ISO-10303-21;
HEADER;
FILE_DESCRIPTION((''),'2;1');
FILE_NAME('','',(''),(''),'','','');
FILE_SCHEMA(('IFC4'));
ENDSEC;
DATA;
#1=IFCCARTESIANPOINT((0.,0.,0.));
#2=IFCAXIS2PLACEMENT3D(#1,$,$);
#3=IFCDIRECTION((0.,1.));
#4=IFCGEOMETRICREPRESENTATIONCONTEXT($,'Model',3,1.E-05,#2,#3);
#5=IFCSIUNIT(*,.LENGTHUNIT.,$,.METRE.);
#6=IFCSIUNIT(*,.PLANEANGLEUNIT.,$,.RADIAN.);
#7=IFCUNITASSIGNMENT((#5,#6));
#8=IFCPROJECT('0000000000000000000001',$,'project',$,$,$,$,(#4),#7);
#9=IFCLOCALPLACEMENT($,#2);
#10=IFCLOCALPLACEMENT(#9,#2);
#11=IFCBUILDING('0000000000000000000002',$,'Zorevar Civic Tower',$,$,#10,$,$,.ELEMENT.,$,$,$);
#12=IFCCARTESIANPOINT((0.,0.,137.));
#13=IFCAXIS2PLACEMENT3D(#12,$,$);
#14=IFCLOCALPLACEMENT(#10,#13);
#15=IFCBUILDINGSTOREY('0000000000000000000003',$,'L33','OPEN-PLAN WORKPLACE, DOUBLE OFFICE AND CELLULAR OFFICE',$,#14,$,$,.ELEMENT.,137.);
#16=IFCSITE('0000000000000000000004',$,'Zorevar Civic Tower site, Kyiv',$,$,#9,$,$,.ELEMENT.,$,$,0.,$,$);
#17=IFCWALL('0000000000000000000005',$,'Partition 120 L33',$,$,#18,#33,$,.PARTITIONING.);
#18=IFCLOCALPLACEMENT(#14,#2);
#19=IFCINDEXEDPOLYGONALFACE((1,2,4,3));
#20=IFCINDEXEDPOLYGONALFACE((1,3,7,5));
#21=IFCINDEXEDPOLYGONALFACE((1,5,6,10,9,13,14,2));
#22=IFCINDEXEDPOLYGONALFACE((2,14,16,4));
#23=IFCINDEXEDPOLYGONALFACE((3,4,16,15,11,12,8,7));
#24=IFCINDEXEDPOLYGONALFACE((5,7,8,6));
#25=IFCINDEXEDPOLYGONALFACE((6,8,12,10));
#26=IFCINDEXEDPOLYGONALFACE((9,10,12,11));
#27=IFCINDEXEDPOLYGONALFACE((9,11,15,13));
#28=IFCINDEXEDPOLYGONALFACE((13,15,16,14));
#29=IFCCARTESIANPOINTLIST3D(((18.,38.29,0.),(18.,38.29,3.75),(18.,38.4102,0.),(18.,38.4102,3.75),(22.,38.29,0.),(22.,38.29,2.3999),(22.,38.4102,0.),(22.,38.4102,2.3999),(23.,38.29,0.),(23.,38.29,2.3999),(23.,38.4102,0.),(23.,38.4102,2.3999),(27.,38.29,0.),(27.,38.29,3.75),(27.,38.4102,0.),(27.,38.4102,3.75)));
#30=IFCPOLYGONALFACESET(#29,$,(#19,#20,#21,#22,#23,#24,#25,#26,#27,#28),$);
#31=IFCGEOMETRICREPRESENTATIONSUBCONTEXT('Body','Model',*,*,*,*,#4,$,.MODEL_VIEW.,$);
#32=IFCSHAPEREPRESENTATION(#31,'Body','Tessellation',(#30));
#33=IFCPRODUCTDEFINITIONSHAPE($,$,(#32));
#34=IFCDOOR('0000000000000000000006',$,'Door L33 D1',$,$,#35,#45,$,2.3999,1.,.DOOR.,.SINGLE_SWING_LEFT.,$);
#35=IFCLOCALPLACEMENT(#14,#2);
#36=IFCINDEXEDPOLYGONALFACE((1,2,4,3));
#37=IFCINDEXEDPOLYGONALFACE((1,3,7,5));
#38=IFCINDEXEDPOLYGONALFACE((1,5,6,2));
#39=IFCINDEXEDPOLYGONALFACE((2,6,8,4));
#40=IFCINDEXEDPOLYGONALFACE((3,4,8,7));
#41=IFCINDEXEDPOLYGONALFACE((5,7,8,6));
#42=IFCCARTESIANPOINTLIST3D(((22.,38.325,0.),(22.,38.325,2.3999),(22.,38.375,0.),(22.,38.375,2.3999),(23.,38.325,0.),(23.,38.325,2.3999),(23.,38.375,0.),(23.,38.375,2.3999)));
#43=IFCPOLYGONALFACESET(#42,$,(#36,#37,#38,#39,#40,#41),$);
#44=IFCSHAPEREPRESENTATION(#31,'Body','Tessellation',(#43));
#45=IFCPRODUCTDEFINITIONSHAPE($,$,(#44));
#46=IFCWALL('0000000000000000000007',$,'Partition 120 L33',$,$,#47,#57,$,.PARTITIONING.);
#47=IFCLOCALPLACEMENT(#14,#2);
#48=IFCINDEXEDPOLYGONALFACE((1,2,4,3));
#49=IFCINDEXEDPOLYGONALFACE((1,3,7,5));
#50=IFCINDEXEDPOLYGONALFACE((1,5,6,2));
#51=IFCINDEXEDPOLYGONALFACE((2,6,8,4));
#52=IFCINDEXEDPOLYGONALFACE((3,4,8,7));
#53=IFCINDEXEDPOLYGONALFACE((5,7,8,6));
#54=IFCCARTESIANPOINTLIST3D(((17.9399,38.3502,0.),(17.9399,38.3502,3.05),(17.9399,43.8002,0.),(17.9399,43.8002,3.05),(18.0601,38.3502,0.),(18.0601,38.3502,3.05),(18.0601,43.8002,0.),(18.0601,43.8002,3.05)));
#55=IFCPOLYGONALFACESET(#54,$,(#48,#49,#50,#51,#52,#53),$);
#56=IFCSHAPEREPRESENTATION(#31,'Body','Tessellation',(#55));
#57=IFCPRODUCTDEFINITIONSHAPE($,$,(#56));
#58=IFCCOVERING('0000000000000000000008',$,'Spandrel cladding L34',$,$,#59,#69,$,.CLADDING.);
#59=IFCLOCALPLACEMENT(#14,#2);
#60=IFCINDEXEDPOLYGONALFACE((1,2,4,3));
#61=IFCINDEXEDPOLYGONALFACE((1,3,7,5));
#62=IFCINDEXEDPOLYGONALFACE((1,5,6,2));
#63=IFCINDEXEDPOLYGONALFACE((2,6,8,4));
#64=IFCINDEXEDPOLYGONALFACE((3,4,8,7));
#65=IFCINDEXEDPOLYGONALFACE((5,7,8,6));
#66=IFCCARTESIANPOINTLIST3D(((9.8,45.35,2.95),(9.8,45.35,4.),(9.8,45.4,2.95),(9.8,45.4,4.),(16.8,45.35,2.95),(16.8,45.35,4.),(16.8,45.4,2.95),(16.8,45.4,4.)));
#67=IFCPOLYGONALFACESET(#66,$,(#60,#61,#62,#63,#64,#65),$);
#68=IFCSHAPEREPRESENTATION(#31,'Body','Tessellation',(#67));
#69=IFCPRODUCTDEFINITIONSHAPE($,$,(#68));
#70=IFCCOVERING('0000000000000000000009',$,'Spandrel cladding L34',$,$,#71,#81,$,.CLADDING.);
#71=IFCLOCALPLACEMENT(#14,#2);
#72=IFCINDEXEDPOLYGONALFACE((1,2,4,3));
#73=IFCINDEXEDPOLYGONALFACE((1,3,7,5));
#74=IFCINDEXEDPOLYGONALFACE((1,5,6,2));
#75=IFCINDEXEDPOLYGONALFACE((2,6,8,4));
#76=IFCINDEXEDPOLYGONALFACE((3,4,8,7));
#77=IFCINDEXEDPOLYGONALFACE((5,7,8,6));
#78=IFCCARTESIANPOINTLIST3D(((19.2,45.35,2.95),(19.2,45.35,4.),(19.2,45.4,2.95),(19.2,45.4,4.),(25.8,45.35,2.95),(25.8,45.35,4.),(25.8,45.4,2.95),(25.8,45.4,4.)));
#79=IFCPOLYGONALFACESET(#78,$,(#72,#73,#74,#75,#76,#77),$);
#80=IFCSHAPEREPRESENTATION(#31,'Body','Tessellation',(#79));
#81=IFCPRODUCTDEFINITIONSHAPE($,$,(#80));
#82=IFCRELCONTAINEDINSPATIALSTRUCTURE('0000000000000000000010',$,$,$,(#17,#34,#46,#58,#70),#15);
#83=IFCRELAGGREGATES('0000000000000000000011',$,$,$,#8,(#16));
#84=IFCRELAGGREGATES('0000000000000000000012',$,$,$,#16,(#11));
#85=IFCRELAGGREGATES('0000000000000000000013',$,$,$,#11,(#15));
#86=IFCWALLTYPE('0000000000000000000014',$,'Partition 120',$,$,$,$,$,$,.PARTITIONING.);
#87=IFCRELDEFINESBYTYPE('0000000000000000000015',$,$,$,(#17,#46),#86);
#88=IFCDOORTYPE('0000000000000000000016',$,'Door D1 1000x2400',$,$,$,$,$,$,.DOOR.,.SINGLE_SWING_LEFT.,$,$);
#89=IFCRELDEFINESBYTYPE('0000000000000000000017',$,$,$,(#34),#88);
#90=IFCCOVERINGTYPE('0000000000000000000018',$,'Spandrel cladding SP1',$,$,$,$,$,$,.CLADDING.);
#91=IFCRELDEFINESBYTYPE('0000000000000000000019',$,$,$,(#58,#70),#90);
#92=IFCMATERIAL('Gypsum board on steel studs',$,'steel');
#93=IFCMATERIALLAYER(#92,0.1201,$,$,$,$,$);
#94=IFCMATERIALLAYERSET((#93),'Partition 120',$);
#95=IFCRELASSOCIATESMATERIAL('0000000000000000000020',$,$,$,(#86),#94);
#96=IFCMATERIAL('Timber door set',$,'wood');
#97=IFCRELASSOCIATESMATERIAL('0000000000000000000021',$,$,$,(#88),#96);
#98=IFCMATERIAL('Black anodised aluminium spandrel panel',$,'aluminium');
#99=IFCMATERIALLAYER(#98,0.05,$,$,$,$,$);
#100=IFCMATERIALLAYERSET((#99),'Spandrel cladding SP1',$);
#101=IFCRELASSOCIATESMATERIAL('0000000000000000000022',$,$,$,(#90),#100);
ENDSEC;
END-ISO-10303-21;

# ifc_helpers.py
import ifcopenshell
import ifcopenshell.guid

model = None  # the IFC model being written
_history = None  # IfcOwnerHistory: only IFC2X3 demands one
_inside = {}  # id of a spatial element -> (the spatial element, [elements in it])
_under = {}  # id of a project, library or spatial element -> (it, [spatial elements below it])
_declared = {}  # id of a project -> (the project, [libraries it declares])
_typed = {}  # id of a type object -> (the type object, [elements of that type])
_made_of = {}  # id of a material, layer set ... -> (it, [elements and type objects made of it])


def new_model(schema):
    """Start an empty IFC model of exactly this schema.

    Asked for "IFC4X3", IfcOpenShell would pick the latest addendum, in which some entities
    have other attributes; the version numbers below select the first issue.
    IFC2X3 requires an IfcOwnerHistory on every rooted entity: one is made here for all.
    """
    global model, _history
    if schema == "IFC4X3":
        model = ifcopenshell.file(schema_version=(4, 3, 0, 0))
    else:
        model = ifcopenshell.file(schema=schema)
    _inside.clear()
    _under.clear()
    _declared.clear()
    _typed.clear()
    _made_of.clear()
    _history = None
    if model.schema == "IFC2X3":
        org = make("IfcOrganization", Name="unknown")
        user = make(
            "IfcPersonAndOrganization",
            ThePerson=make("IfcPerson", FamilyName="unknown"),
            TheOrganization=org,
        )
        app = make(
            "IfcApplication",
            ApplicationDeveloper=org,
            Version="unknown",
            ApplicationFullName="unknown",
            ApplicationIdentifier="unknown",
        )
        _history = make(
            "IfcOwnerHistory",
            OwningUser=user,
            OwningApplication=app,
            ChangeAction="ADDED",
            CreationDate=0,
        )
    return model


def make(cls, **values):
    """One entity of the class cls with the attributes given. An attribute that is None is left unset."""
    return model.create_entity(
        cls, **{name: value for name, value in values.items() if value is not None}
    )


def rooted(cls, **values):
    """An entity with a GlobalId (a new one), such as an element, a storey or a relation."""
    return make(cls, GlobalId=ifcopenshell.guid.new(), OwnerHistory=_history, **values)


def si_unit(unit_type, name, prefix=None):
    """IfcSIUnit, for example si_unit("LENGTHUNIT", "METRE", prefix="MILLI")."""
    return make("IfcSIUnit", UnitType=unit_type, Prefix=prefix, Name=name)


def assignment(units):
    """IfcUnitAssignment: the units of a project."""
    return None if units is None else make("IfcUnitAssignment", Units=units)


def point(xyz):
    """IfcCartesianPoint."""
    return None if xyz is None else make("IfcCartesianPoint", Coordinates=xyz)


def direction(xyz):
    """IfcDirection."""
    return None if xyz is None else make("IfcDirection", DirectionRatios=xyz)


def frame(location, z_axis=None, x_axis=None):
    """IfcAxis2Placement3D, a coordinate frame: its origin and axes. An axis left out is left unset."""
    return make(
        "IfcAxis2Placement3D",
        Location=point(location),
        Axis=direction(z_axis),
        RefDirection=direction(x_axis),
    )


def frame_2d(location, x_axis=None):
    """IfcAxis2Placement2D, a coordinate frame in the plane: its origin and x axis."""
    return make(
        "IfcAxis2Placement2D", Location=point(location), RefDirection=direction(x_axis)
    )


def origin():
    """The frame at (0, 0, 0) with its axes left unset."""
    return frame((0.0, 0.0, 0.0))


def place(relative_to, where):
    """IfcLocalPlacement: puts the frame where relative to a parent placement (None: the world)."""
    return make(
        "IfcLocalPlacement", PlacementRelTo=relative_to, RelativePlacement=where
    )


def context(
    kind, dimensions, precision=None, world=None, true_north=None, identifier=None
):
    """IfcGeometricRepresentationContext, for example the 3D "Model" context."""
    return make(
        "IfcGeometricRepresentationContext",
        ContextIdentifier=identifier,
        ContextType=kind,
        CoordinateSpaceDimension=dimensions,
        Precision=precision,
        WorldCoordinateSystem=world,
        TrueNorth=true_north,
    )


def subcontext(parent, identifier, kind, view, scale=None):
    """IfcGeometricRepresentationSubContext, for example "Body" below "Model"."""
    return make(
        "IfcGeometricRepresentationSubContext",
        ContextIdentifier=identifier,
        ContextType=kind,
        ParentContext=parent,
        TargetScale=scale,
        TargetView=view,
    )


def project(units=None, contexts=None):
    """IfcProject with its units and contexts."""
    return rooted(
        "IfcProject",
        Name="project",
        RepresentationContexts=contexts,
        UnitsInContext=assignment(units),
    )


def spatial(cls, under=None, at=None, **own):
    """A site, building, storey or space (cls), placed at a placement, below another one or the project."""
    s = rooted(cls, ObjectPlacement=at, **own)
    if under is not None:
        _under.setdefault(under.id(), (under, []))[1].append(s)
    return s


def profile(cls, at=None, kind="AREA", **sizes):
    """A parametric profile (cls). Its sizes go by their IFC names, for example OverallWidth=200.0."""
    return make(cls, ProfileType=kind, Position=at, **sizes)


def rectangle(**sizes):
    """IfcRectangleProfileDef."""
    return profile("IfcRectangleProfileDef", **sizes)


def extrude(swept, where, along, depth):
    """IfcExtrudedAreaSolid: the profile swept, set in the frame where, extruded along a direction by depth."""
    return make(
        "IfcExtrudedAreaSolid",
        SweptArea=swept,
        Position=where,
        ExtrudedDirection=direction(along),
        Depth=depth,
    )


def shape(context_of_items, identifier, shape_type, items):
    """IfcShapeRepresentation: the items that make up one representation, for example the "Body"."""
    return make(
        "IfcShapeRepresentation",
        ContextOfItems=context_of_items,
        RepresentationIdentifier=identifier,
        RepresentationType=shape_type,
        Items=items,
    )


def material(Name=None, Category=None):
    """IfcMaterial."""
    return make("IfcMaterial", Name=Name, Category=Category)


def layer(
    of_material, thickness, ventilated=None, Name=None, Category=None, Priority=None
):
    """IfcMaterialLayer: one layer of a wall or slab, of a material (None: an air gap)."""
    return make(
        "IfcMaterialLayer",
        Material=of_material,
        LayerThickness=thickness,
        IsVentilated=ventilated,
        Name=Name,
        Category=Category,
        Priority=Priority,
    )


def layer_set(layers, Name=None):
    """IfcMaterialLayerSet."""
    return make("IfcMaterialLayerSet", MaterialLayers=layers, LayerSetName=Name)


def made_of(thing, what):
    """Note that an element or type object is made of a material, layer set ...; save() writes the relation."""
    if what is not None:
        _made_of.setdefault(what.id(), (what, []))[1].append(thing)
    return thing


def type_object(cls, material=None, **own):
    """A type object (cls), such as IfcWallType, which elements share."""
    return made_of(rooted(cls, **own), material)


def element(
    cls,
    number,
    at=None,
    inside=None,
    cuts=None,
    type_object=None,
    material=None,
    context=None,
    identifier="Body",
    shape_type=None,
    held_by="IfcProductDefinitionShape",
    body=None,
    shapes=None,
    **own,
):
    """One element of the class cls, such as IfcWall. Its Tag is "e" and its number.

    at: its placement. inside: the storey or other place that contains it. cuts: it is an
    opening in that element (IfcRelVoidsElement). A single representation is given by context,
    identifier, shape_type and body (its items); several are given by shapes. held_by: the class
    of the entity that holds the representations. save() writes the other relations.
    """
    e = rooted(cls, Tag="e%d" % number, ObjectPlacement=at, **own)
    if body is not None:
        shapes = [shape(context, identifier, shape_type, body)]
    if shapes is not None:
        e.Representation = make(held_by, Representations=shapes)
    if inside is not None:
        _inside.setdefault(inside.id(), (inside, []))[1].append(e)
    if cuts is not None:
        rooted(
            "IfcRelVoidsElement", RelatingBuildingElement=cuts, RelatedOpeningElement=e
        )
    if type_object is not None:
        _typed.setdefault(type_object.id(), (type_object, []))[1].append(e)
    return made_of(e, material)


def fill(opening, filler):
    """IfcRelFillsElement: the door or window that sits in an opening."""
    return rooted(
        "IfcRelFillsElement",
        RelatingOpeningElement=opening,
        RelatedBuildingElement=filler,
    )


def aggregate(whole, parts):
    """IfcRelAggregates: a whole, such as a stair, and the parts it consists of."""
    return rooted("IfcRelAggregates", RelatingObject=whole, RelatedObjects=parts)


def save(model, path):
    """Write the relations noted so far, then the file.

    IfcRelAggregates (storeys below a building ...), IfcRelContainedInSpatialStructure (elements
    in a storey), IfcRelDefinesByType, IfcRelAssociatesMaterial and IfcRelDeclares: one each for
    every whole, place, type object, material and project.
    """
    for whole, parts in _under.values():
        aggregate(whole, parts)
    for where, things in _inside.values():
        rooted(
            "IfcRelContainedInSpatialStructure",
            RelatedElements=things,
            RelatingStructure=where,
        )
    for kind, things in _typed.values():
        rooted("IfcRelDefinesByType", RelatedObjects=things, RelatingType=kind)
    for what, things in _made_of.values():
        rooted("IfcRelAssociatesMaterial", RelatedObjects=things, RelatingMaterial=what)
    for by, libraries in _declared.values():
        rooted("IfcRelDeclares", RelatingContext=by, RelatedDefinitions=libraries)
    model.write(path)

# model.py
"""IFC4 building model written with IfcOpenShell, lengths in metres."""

from ifc_helpers import new_model, si_unit, direction, frame, frame_2d, origin, place, context, subcontext, project, spatial, rectangle, extrude, material, layer, layer_set, type_object, element, fill, save


model = new_model("IFC4")

# Units and contexts
model_context = context("Model", 3, precision=1e-05, world=origin(), true_north=direction((0.0, 1.0)))
body_context = subcontext(model_context, "Body", "Model", "MODEL_VIEW")
ifc_project = project(units=[si_unit("LENGTHUNIT", "METRE"), si_unit("PLANEANGLEUNIT", "RADIAN")], contexts=[model_context])

# Site, building, storey
site_placement = place(None, origin())
site = spatial("IfcSite", under=ifc_project, at=site_placement, Name="Zorevar Civic Tower site, Kyiv", CompositionType="ELEMENT", RefElevation=0.0)
building_placement = place(site_placement, origin())
building = spatial("IfcBuilding", under=site, at=building_placement, Name="Zorevar Civic Tower", CompositionType="ELEMENT")
storey_placement = place(building_placement, frame((0.0, 0.0, 137.0)))
storey = spatial("IfcBuildingStorey", under=building, at=storey_placement, Name="L33", Description="OPEN-PLAN WORKPLACE, DOUBLE OFFICE AND CELLULAR OFFICE", CompositionType="ELEMENT", Elevation=137.0)

# Wall, opening, door
ifc_material_1 = material(Name="Gypsum board on steel studs", Category="steel")
ifc_layer_1 = layer(ifc_material_1, 0.1201)
ifc_layer_set_1 = layer_set([ifc_layer_1], Name="Partition 120")
wall_type_1 = type_object("IfcWallType", Name="Partition 120", PredefinedType="PARTITIONING", material=ifc_layer_set_1)
wall_1_placement = place(storey_placement, frame((18.0, 38.3501, 0.0), z_axis=(0.0, 0.0, 1.0), x_axis=(1.0, 0.0, 0.0)))
wall_1 = element("IfcWall", 1, at=wall_1_placement, inside=storey, type_object=wall_type_1, Name="Partition 120 L33", PredefinedType="PARTITIONING", context=body_context, shape_type="SweptSolid", body=[
    extrude(rectangle(XDim=9.0, YDim=0.1201, at=frame_2d((4.5, 0.0))), origin(), (0.0, 0.0, 1.0), 3.75),
])
opening_1_placement = place(wall_1_placement, frame((4.0, 0.0, 0.0)))
opening_1 = element("IfcOpeningElement", 2, at=opening_1_placement, cuts=wall_1, PredefinedType="OPENING", context=body_context, shape_type="SweptSolid", body=[
    extrude(rectangle(XDim=1.0, YDim=2.3999, at=frame_2d((0.5, 1.2))), frame((0.0, 0.0701, 0.0), z_axis=(0.0, -1.0, 0.0), x_axis=(1.0, 0.0, 0.0)), (0.0, 0.0, 1.0), 0.1401),
])
ifc_material_2 = material(Name="Timber door set", Category="wood")
door_type_1 = type_object("IfcDoorType", Name="Door D1 1000x2400", OperationType="SINGLE_SWING_LEFT", PredefinedType="DOOR", material=ifc_material_2)
door_1_placement = place(opening_1_placement, origin())
door_1 = element("IfcDoor", 3, at=door_1_placement, inside=storey, type_object=door_type_1, Name="Door L33 D1", OperationType="SINGLE_SWING_LEFT", OverallHeight=2.3999, OverallWidth=1.0, PredefinedType="DOOR", context=body_context, shape_type="SweptSolid", body=[
    extrude(rectangle(XDim=1.0, YDim=2.3999, at=frame_2d((0.5, 1.2))), frame((0.0, 0.0249, 0.0), z_axis=(0.0, -1.0, 0.0), x_axis=(1.0, 0.0, 0.0)), (0.0, 0.0, 1.0), 0.05),
])
fill(opening_1, door_1)

# Wall
wall_2_placement = place(storey_placement, frame((18.0, 38.3501, 0.0), z_axis=(0.0, 0.0, 1.0), x_axis=(0.0, 1.0, 0.0)))
element("IfcWall", 4, at=wall_2_placement, inside=storey, type_object=wall_type_1, Name="Partition 120 L33", PredefinedType="PARTITIONING", context=body_context, shape_type="SweptSolid", body=[
    extrude(rectangle(XDim=5.45, YDim=0.1201, at=frame_2d((2.7251, 0.0))), origin(), (0.0, 0.0, 1.0), 3.05),
])

# Coverings
ifc_material_3 = material(Name="Black anodised aluminium spandrel panel", Category="aluminium")
ifc_layer_2 = layer(ifc_material_3, 0.05)
ifc_layer_set_2 = layer_set([ifc_layer_2], Name="Spandrel cladding SP1")
covering_type = type_object("IfcCoveringType", Name="Spandrel cladding SP1", PredefinedType="CLADDING", material=ifc_layer_set_2)
covering_1_placement = place(storey_placement, frame((9.8, 45.375, 2.95), z_axis=(0.0, 0.0, 1.0), x_axis=(1.0, 0.0, 0.0)))
element("IfcCovering", 5, at=covering_1_placement, inside=storey, type_object=covering_type, Name="Spandrel cladding L34", PredefinedType="CLADDING", context=body_context, shape_type="SweptSolid", body=[
    extrude(rectangle(XDim=7.0, YDim=0.05, at=frame_2d((3.5, 0.0))), origin(), (0.0, 0.0, 1.0), 1.05),
])
covering_2_placement = place(storey_placement, frame((19.2, 45.375, 2.95), z_axis=(0.0, 0.0, 1.0), x_axis=(1.0, 0.0, 0.0)))
element("IfcCovering", 6, at=covering_2_placement, inside=storey, type_object=covering_type, Name="Spandrel cladding L34", PredefinedType="CLADDING", context=body_context, shape_type="SweptSolid", body=[
    extrude(rectangle(XDim=6.6001, YDim=0.05, at=frame_2d((3.3, 0.0))), origin(), (0.0, 0.0, 1.0), 1.05),
])

save(model, "model.ifc")
